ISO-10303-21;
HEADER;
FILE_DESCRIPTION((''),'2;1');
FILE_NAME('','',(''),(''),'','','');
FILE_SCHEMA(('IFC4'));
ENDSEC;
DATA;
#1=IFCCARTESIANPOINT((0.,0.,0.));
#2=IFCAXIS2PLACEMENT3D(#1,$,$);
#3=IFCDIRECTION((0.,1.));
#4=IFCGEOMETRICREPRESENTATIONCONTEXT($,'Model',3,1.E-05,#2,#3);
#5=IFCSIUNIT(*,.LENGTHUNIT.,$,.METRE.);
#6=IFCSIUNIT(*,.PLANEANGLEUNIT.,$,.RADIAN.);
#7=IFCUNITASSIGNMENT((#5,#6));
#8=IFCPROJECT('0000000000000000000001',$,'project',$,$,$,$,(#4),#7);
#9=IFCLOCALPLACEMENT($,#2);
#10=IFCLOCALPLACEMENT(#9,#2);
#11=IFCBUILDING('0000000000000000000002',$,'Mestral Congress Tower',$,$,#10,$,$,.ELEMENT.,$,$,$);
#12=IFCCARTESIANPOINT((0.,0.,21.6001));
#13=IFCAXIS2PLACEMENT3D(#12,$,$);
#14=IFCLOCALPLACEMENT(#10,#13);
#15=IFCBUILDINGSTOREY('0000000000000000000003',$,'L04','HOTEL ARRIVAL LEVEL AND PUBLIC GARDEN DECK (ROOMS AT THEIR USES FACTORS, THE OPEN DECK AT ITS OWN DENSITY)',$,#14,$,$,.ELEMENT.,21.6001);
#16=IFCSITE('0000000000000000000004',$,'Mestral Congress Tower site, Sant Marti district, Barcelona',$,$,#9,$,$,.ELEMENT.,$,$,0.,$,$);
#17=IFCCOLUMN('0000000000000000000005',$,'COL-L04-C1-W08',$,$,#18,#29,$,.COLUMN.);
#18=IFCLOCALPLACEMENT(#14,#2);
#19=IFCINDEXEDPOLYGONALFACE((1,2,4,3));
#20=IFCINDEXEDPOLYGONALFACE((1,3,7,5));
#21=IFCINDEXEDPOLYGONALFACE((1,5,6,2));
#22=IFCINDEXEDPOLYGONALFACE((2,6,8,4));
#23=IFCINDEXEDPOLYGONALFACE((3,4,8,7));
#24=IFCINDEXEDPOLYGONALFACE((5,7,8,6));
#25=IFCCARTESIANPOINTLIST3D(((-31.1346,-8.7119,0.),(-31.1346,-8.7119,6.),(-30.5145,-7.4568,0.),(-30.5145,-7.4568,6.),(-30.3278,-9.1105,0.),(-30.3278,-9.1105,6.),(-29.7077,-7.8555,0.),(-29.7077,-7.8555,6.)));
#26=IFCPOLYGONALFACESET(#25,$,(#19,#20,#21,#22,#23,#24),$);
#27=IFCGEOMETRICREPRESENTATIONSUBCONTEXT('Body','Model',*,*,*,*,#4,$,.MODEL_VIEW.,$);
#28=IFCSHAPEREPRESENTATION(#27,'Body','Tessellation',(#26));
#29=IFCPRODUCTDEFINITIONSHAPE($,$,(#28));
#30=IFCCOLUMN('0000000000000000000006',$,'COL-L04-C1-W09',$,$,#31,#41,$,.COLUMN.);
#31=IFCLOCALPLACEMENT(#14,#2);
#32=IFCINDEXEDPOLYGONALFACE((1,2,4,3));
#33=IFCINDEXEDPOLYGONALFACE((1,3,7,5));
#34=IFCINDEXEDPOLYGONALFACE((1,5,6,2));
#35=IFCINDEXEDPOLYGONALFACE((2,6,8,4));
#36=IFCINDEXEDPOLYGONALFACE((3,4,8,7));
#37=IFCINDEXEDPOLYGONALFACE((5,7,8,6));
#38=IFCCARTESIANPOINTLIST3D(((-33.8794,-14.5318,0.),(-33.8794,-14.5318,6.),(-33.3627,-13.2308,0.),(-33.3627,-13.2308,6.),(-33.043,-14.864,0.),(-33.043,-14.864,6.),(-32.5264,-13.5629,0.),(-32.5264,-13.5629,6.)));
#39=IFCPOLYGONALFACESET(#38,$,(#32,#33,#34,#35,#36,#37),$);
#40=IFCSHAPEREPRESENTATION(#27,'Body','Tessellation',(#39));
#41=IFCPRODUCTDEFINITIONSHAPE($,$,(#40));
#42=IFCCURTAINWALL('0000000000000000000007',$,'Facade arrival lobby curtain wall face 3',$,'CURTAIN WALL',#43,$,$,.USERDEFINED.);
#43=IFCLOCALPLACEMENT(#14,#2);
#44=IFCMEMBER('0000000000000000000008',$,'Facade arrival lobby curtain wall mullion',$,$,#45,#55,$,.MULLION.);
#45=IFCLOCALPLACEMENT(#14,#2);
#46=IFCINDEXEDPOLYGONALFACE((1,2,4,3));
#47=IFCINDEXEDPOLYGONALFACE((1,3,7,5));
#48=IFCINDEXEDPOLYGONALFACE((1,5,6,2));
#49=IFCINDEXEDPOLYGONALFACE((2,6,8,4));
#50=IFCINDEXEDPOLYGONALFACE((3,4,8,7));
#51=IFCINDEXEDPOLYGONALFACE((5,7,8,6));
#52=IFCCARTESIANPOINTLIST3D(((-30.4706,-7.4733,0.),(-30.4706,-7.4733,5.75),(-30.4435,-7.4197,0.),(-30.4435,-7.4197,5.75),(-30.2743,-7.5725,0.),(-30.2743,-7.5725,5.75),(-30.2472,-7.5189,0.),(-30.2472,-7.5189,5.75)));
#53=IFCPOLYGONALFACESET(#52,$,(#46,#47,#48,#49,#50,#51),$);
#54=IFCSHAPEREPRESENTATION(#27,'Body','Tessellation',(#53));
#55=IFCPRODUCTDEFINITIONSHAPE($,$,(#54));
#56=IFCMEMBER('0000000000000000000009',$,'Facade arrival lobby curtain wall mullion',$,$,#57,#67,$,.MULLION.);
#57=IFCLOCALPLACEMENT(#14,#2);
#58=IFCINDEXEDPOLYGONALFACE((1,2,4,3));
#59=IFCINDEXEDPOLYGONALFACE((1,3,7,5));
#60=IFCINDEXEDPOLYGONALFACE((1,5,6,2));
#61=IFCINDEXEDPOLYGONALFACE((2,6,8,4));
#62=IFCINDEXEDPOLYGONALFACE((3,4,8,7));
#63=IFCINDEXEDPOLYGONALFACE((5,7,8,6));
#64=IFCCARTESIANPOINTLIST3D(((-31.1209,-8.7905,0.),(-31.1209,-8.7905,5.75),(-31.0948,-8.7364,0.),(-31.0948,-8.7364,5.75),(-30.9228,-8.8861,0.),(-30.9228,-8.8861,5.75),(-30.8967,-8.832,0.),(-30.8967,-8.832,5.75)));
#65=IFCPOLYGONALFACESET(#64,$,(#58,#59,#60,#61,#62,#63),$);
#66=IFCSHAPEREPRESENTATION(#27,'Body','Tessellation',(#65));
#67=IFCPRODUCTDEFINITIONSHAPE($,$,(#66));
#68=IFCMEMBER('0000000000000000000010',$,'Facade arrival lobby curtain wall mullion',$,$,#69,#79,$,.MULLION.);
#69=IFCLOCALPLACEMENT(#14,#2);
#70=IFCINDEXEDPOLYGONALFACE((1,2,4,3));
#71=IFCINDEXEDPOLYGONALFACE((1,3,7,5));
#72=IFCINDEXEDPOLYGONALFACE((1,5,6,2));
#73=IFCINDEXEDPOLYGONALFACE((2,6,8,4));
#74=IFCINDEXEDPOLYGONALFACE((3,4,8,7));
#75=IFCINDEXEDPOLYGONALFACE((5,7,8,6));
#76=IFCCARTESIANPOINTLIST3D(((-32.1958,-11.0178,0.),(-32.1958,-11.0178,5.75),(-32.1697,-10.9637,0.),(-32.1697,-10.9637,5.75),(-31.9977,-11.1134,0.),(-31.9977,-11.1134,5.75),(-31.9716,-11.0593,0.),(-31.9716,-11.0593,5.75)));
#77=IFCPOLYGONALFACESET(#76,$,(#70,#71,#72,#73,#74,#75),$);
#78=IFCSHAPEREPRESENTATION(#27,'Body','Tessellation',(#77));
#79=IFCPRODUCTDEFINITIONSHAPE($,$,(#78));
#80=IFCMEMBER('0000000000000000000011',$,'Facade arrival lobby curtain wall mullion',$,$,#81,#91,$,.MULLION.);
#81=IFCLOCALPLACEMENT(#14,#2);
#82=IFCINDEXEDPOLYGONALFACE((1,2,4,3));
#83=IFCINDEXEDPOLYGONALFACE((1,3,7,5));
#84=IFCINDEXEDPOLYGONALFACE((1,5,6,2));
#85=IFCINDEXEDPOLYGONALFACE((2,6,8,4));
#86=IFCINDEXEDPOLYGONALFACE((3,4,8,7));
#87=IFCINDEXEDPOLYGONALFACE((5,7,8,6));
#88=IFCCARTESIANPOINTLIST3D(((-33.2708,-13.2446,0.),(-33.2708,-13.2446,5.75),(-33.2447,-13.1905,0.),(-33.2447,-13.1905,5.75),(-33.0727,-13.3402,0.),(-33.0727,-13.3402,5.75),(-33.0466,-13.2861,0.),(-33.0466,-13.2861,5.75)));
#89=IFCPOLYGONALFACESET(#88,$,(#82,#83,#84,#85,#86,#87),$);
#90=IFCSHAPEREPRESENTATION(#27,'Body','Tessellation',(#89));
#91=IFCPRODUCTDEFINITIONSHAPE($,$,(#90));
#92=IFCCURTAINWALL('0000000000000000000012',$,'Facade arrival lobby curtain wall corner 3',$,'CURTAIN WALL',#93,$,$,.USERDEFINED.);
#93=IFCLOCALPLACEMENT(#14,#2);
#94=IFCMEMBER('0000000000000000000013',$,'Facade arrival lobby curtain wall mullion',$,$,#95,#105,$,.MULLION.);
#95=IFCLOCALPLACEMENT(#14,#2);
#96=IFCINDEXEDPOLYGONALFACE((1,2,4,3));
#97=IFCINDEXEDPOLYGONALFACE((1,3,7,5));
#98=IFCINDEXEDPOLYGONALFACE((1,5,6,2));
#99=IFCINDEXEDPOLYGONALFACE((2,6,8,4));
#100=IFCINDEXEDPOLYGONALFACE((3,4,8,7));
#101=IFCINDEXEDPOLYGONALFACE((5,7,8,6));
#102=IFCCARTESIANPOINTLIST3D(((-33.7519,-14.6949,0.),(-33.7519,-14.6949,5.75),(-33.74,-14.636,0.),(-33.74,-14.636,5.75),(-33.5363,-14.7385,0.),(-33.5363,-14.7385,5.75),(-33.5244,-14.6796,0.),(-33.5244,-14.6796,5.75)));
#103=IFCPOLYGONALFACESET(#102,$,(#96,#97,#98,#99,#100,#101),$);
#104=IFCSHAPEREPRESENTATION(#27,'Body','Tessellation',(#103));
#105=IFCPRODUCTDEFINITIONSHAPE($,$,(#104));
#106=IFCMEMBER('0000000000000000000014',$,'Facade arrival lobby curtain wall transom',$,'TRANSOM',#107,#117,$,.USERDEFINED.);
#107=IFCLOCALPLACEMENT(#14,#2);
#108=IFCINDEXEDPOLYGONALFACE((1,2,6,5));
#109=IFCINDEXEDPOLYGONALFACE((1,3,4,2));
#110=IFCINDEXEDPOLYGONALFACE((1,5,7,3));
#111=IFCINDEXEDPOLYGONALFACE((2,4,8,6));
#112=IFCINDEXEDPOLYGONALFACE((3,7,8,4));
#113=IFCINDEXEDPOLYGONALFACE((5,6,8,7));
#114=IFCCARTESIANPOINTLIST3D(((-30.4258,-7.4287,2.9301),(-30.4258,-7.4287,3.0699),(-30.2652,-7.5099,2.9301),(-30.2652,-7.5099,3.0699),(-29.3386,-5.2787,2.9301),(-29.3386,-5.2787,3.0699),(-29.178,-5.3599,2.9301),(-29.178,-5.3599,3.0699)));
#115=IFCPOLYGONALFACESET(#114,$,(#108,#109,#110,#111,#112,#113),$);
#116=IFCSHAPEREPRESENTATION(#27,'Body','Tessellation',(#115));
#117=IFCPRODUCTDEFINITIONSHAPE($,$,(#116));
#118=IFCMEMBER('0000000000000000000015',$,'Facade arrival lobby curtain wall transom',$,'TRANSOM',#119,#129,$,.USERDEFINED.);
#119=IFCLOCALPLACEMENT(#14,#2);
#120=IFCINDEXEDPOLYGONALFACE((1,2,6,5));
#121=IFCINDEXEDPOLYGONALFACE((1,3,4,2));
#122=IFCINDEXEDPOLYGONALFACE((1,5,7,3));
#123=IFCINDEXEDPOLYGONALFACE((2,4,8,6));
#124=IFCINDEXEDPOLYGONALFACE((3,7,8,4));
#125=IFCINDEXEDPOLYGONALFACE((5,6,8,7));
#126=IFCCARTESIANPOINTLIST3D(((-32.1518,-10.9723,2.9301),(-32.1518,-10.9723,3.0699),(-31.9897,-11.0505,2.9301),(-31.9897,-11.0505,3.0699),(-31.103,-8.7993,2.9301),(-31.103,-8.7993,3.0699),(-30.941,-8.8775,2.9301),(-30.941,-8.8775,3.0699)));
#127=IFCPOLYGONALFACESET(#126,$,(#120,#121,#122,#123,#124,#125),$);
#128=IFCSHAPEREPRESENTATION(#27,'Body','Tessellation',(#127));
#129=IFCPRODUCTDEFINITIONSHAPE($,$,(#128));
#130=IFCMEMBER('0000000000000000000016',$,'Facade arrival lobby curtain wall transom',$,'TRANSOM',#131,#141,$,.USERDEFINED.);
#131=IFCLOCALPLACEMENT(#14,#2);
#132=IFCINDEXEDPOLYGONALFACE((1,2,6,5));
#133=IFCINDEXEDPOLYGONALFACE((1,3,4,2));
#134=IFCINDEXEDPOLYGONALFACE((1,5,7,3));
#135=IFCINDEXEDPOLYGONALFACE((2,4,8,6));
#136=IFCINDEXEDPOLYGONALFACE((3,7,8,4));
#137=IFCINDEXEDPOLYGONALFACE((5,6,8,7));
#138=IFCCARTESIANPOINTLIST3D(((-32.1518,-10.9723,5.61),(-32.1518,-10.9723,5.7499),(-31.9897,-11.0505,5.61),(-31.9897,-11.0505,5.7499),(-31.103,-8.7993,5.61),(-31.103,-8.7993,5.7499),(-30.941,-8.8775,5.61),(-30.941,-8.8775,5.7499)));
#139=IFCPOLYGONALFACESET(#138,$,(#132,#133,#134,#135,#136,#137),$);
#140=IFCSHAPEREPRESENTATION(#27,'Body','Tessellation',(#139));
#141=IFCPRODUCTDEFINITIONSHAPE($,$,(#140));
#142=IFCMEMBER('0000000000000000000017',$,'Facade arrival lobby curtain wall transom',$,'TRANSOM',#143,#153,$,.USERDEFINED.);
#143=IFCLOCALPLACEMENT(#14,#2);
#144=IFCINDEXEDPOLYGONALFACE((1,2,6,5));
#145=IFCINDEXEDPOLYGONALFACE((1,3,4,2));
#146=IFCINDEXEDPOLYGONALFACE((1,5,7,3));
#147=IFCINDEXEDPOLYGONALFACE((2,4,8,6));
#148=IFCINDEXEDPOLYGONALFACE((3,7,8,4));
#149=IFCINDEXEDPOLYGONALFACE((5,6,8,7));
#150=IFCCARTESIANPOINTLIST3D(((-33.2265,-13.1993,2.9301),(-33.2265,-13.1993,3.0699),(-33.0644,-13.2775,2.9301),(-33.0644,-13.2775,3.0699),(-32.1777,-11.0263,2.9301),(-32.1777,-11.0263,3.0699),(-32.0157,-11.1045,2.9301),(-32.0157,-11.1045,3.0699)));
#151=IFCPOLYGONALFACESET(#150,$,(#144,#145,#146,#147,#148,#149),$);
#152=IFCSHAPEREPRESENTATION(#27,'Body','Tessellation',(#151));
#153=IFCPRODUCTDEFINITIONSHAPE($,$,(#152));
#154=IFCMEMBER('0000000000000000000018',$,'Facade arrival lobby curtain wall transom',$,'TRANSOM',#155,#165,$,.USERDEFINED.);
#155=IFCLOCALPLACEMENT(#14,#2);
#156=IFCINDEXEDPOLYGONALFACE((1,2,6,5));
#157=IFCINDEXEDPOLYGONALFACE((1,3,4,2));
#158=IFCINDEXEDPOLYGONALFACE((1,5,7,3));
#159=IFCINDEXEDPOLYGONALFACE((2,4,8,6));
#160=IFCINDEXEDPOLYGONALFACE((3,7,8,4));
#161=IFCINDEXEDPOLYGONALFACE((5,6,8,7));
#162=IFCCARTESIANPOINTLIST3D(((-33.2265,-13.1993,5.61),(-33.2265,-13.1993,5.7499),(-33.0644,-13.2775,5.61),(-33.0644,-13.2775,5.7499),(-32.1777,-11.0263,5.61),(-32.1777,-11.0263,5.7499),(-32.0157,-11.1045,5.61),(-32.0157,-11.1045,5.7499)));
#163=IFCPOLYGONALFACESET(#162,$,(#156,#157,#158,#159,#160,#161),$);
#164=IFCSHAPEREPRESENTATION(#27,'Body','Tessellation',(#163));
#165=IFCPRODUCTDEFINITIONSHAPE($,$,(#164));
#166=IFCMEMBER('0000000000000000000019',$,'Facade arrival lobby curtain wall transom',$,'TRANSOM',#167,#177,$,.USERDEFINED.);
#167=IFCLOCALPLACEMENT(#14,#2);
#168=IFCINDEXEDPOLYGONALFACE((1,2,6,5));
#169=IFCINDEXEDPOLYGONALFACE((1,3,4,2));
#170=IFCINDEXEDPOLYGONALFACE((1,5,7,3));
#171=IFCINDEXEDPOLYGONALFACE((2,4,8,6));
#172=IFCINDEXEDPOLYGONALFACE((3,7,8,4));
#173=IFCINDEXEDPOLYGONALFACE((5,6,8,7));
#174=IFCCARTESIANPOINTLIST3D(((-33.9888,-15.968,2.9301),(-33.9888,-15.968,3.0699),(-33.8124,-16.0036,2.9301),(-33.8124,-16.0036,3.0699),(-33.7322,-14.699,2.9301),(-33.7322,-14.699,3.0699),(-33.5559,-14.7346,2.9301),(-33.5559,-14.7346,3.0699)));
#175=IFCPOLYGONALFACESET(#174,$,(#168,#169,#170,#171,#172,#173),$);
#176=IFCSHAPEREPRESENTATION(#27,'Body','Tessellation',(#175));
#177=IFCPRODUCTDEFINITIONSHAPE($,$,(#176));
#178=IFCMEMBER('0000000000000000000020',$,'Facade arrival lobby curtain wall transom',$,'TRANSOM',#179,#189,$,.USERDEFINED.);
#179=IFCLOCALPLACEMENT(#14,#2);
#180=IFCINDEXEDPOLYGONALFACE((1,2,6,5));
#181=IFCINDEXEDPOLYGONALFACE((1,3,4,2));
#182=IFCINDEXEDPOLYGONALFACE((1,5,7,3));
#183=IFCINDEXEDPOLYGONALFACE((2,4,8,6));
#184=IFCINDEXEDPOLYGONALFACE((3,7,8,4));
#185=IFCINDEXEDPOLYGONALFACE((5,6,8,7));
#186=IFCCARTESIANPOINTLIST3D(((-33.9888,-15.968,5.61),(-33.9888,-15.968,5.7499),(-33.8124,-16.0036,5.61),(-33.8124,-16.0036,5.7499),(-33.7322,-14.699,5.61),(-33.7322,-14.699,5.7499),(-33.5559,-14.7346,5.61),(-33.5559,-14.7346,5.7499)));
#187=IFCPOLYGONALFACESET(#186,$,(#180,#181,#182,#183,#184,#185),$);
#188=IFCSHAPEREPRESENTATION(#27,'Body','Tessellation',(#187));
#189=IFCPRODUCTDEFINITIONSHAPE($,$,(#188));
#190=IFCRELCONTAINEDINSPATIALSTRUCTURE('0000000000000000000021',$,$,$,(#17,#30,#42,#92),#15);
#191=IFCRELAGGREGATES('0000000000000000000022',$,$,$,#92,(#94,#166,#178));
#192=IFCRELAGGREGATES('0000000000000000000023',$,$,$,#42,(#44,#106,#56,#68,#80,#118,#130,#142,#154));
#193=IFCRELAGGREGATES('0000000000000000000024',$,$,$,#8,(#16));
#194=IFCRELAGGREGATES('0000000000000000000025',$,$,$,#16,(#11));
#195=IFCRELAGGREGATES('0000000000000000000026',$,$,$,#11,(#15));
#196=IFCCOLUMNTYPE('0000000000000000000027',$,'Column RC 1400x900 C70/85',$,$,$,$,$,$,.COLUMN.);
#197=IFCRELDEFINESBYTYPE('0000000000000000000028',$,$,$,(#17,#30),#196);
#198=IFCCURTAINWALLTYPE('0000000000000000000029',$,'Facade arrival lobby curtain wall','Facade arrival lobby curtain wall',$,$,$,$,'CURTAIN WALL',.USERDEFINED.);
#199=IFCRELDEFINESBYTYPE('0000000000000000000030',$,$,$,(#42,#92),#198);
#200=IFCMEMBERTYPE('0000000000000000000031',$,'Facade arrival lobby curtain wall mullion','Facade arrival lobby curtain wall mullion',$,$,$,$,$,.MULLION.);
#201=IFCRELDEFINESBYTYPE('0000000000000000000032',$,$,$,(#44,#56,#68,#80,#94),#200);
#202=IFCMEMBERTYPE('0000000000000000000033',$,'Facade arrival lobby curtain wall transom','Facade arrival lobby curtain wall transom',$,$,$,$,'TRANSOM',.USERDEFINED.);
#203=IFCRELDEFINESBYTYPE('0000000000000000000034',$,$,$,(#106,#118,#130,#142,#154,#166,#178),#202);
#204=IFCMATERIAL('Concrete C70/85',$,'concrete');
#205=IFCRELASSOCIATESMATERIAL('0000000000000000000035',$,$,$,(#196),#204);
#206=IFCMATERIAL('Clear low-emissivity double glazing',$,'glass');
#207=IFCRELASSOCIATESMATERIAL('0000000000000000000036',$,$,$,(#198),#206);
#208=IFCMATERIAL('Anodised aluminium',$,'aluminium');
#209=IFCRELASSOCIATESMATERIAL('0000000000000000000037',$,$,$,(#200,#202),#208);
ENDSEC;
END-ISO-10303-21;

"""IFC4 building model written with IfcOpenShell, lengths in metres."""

from ifc_helpers import new_model, si_unit, direction, frame, origin, origin_2d, place, context, subcontext, project, spatial, rectangle, extrude, material, material_profile, profile_set, type_object, element, aggregate, save


model = new_model("IFC4")

# Units and contexts
model_context = context("Model", 3, precision=1e-05, world=origin(), true_north=direction((0.0, 1.0)))
body_context = subcontext(model_context, "Body", "Model", "MODEL_VIEW")
ifc_project = project(units=[si_unit("LENGTHUNIT", "METRE"), si_unit("PLANEANGLEUNIT", "RADIAN")], contexts=[model_context])

# Site, building, storey
site_placement = place(None, origin())
site = spatial("IfcSite", under=ifc_project, at=site_placement, Name="Mestral Congress Tower site, Sant Marti district, Barcelona", CompositionType="ELEMENT", RefElevation=0.0)
building_placement = place(site_placement, origin())
building = spatial("IfcBuilding", under=site, at=building_placement, Name="Mestral Congress Tower", CompositionType="ELEMENT")
storey_placement = place(building_placement, frame((0.0, 0.0, 21.6001)))
storey = spatial("IfcBuildingStorey", under=building, at=storey_placement, Name="L04", Description="HOTEL ARRIVAL LEVEL AND PUBLIC GARDEN DECK (ROOMS AT THEIR USES FACTORS, THE OPEN DECK AT ITS OWN DENSITY)", CompositionType="ELEMENT", Elevation=21.6001)

# Columns
ifc_material_1 = material(Name="Concrete C70/85", Category="concrete")
ifc_material_profile_1 = material_profile(ifc_material_1, rectangle(XDim=1.3999, YDim=0.8999, at=origin_2d()), Name="RC 1400x900")
ifc_profile_set_1 = profile_set([ifc_material_profile_1], Name="Concrete C70/85")
column_type = type_object("IfcColumnType", Name="Column RC 1400x900 C70/85", PredefinedType="COLUMN", material=ifc_profile_set_1)
for number, where, z_axis, x_axis, name in (
    (1, (-30.4211, -8.2837, 0.0), (0.0, 0.0, 1.0), (-0.442959, -0.896542, 0.0), "COL-L04-C1-W08"),
    (2, (-33.2029, -14.0474, 0.0), (0.0, 0.0, 1.0), (-0.36909, -0.929394, 0.0), "COL-L04-C1-W09"),
):
    element("IfcColumn", number, at=place(storey_placement, frame(where, z_axis=z_axis, x_axis=x_axis)), inside=storey, type_object=column_type, Name=name, PredefinedType="COLUMN", context=body_context, shape_type="SweptSolid", body=[
        extrude(rectangle(XDim=1.3999, YDim=0.8999, at=origin_2d()), origin(), (0.0, 0.0, 1.0), 6.0),
    ])

# Curtain wall, members
ifc_material_2 = material(Name="Clear low-emissivity double glazing", Category="glass")
curtain_wall_type = type_object("IfcCurtainWallType", Name="Facade arrival lobby curtain wall", Description="Facade arrival lobby curtain wall", ElementType="CURTAIN WALL", PredefinedType="USERDEFINED", material=ifc_material_2)
placement = place(storey_placement, origin())
curtain_wall_1 = element("IfcCurtainWall", 3, at=placement, inside=storey, type_object=curtain_wall_type, Name="Facade arrival lobby curtain wall face 3", ObjectType="CURTAIN WALL", PredefinedType="USERDEFINED")
ifc_material_3 = material(Name="Anodised aluminium", Category="aluminium")
ifc_material_profile_2 = material_profile(ifc_material_3, rectangle(XDim=0.22, YDim=0.0601, at=origin_2d()), Name="CW4 mullion 220 x 60")
ifc_profile_set_2 = profile_set([ifc_material_profile_2], Name="Anodised aluminium")
member_type_1 = type_object("IfcMemberType", Name="Facade arrival lobby curtain wall mullion", Description="Facade arrival lobby curtain wall mullion", PredefinedType="MULLION", material=ifc_profile_set_2)
member_1_placement = place(storey_placement, frame((-30.3589, -7.4961, 0.0), z_axis=(0.0, 0.0, 1.0), x_axis=(-0.892414, 0.451217, 0.0)))
member_1 = element("IfcMember", 4, at=member_1_placement, type_object=member_type_1, Name="Facade arrival lobby curtain wall mullion", PredefinedType="MULLION", context=body_context, shape_type="SweptSolid", body=[
    extrude(rectangle(XDim=0.22, YDim=0.0601, at=origin_2d()), origin(), (0.0, 0.0, 1.0), 5.75),
])
member_2_placement = place(storey_placement, frame((-31.0088, -8.8113, 0.0), z_axis=(0.0, 0.0, 1.0), x_axis=(-0.900596, 0.434657, 0.0)))
member_2 = element("IfcMember", 5, at=member_2_placement, type_object=member_type_1, Name="Facade arrival lobby curtain wall mullion", PredefinedType="MULLION", context=body_context, shape_type="SweptSolid", body=[
    extrude(rectangle(XDim=0.22, YDim=0.0601, at=origin_2d()), origin(), (0.0, 0.0, 1.0), 5.75),
])
member_3_placement = place(storey_placement, frame((-32.0837, -11.0386, 0.0), z_axis=(0.0, 0.0, 1.0), x_axis=(-0.900596, 0.434657, 0.0)))
member_3 = element("IfcMember", 6, at=member_3_placement, type_object=member_type_1, Name="Facade arrival lobby curtain wall mullion", PredefinedType="MULLION", context=body_context, shape_type="SweptSolid", body=[
    extrude(rectangle(XDim=0.22, YDim=0.0601, at=origin_2d()), origin(), (0.0, 0.0, 1.0), 5.75),
])
member_4_placement = place(storey_placement, frame((-33.1587, -13.2654, 0.0), z_axis=(0.0, 0.0, 1.0), x_axis=(-0.900596, 0.434657, 0.0)))
member_4 = element("IfcMember", 7, at=member_4_placement, type_object=member_type_1, Name="Facade arrival lobby curtain wall mullion", PredefinedType="MULLION", context=body_context, shape_type="SweptSolid", body=[
    extrude(rectangle(XDim=0.22, YDim=0.0601, at=origin_2d()), origin(), (0.0, 0.0, 1.0), 5.75),
])

# Curtain wall, member
curtain_wall_2 = element("IfcCurtainWall", 8, at=placement, inside=storey, type_object=curtain_wall_type, Name="Facade arrival lobby curtain wall corner 3", ObjectType="CURTAIN WALL", PredefinedType="USERDEFINED")
member_5_placement = place(storey_placement, frame((-33.6382, -14.6873, 0.0), z_axis=(0.0, 0.0, 1.0), x_axis=(-0.980186, 0.198078, 0.0)))
member_5 = element("IfcMember", 9, at=member_5_placement, type_object=member_type_1, Name="Facade arrival lobby curtain wall mullion", PredefinedType="MULLION", context=body_context, shape_type="SweptSolid", body=[
    extrude(rectangle(XDim=0.22, YDim=0.0601, at=origin_2d()), origin(), (0.0, 0.0, 1.0), 5.75),
])

# Members
ifc_material_profile_3 = material_profile(ifc_material_3, rectangle(XDim=0.1799, YDim=0.1399, at=origin_2d()), Name="CW4 transom 180 x 140")
ifc_profile_set_3 = profile_set([ifc_material_profile_3], Name="Anodised aluminium")
member_type_2 = type_object("IfcMemberType", Name="Facade arrival lobby curtain wall transom", Description="Facade arrival lobby curtain wall transom", ElementType="TRANSOM", PredefinedType="USERDEFINED", material=ifc_profile_set_3)
member_6_placement = place(storey_placement, frame((-29.2583, -5.3193, 3.0), z_axis=(-0.451263, -0.892391, 0.0), x_axis=(0.892391, -0.451263, 0.0)))
member_6 = element("IfcMember", 10, at=member_6_placement, type_object=member_type_2, Name="Facade arrival lobby curtain wall transom", ObjectType="TRANSOM", PredefinedType="USERDEFINED", context=body_context, shape_type="SweptSolid", body=[
    extrude(rectangle(XDim=0.1799, YDim=0.1399, at=origin_2d()), origin(), (0.0, 0.0, 1.0), 2.4092),
])
member_7_placement = place(storey_placement, frame((-31.022, -8.8384, 3.0), z_axis=(-0.434664, -0.900593, 0.0), x_axis=(0.900593, -0.434664, 0.0)))
member_7 = element("IfcMember", 11, at=member_7_placement, type_object=member_type_2, Name="Facade arrival lobby curtain wall transom", ObjectType="TRANSOM", PredefinedType="USERDEFINED", context=body_context, shape_type="SweptSolid", body=[
    extrude(rectangle(XDim=0.1799, YDim=0.1399, at=origin_2d()), origin(), (0.0, 0.0, 1.0), 2.4128),
])
member_8_placement = place(storey_placement, frame((-31.022, -8.8384, 5.6799), z_axis=(-0.434664, -0.900593, 0.0), x_axis=(0.900593, -0.434664, 0.0)))
member_8 = element("IfcMember", 12, at=member_8_placement, type_object=member_type_2, Name="Facade arrival lobby curtain wall transom", ObjectType="TRANSOM", PredefinedType="USERDEFINED", context=body_context, shape_type="SweptSolid", body=[
    extrude(rectangle(XDim=0.1799, YDim=0.1399, at=origin_2d()), origin(), (0.0, 0.0, 1.0), 2.4128),
])
member_9_placement = place(storey_placement, frame((-32.0967, -11.0654, 3.0), z_axis=(-0.434664, -0.900593, 0.0), x_axis=(0.900593, -0.434664, 0.0)))
member_9 = element("IfcMember", 13, at=member_9_placement, type_object=member_type_2, Name="Facade arrival lobby curtain wall transom", ObjectType="TRANSOM", PredefinedType="USERDEFINED", context=body_context, shape_type="SweptSolid", body=[
    extrude(rectangle(XDim=0.1799, YDim=0.1399, at=origin_2d()), origin(), (0.0, 0.0, 1.0), 2.4128),
])
member_10_placement = place(storey_placement, frame((-32.0967, -11.0654, 5.6799), z_axis=(-0.434664, -0.900593, 0.0), x_axis=(0.900593, -0.434664, 0.0)))
member_10 = element("IfcMember", 14, at=member_10_placement, type_object=member_type_2, Name="Facade arrival lobby curtain wall transom", ObjectType="TRANSOM", PredefinedType="USERDEFINED", context=body_context, shape_type="SweptSolid", body=[
    extrude(rectangle(XDim=0.1799, YDim=0.1399, at=origin_2d()), origin(), (0.0, 0.0, 1.0), 2.4128),
])
member_11_placement = place(storey_placement, frame((-33.644, -14.7168, 3.0), z_axis=(-0.198183, -0.980165, 0.0), x_axis=(0.980165, -0.198183, 0.0)))
member_11 = element("IfcMember", 15, at=member_11_placement, type_object=member_type_2, Name="Facade arrival lobby curtain wall transom", ObjectType="TRANSOM", PredefinedType="USERDEFINED", context=body_context, shape_type="SweptSolid", body=[
    extrude(rectangle(XDim=0.1799, YDim=0.1399, at=origin_2d()), origin(), (0.0, 0.0, 1.0), 1.2947),
])
member_12_placement = place(storey_placement, frame((-33.644, -14.7168, 5.6799), z_axis=(-0.198183, -0.980165, 0.0), x_axis=(0.980165, -0.198183, 0.0)))
member_12 = element("IfcMember", 16, at=member_12_placement, type_object=member_type_2, Name="Facade arrival lobby curtain wall transom", ObjectType="TRANSOM", PredefinedType="USERDEFINED", context=body_context, shape_type="SweptSolid", body=[
    extrude(rectangle(XDim=0.1799, YDim=0.1399, at=origin_2d()), origin(), (0.0, 0.0, 1.0), 1.2947),
])
aggregate(curtain_wall_2, [member_5, member_11, member_12])

aggregate(curtain_wall_1, [member_1, member_6, member_2, member_3, member_4, member_7, member_8, member_9, member_10])

save(model, "model.ifc")
